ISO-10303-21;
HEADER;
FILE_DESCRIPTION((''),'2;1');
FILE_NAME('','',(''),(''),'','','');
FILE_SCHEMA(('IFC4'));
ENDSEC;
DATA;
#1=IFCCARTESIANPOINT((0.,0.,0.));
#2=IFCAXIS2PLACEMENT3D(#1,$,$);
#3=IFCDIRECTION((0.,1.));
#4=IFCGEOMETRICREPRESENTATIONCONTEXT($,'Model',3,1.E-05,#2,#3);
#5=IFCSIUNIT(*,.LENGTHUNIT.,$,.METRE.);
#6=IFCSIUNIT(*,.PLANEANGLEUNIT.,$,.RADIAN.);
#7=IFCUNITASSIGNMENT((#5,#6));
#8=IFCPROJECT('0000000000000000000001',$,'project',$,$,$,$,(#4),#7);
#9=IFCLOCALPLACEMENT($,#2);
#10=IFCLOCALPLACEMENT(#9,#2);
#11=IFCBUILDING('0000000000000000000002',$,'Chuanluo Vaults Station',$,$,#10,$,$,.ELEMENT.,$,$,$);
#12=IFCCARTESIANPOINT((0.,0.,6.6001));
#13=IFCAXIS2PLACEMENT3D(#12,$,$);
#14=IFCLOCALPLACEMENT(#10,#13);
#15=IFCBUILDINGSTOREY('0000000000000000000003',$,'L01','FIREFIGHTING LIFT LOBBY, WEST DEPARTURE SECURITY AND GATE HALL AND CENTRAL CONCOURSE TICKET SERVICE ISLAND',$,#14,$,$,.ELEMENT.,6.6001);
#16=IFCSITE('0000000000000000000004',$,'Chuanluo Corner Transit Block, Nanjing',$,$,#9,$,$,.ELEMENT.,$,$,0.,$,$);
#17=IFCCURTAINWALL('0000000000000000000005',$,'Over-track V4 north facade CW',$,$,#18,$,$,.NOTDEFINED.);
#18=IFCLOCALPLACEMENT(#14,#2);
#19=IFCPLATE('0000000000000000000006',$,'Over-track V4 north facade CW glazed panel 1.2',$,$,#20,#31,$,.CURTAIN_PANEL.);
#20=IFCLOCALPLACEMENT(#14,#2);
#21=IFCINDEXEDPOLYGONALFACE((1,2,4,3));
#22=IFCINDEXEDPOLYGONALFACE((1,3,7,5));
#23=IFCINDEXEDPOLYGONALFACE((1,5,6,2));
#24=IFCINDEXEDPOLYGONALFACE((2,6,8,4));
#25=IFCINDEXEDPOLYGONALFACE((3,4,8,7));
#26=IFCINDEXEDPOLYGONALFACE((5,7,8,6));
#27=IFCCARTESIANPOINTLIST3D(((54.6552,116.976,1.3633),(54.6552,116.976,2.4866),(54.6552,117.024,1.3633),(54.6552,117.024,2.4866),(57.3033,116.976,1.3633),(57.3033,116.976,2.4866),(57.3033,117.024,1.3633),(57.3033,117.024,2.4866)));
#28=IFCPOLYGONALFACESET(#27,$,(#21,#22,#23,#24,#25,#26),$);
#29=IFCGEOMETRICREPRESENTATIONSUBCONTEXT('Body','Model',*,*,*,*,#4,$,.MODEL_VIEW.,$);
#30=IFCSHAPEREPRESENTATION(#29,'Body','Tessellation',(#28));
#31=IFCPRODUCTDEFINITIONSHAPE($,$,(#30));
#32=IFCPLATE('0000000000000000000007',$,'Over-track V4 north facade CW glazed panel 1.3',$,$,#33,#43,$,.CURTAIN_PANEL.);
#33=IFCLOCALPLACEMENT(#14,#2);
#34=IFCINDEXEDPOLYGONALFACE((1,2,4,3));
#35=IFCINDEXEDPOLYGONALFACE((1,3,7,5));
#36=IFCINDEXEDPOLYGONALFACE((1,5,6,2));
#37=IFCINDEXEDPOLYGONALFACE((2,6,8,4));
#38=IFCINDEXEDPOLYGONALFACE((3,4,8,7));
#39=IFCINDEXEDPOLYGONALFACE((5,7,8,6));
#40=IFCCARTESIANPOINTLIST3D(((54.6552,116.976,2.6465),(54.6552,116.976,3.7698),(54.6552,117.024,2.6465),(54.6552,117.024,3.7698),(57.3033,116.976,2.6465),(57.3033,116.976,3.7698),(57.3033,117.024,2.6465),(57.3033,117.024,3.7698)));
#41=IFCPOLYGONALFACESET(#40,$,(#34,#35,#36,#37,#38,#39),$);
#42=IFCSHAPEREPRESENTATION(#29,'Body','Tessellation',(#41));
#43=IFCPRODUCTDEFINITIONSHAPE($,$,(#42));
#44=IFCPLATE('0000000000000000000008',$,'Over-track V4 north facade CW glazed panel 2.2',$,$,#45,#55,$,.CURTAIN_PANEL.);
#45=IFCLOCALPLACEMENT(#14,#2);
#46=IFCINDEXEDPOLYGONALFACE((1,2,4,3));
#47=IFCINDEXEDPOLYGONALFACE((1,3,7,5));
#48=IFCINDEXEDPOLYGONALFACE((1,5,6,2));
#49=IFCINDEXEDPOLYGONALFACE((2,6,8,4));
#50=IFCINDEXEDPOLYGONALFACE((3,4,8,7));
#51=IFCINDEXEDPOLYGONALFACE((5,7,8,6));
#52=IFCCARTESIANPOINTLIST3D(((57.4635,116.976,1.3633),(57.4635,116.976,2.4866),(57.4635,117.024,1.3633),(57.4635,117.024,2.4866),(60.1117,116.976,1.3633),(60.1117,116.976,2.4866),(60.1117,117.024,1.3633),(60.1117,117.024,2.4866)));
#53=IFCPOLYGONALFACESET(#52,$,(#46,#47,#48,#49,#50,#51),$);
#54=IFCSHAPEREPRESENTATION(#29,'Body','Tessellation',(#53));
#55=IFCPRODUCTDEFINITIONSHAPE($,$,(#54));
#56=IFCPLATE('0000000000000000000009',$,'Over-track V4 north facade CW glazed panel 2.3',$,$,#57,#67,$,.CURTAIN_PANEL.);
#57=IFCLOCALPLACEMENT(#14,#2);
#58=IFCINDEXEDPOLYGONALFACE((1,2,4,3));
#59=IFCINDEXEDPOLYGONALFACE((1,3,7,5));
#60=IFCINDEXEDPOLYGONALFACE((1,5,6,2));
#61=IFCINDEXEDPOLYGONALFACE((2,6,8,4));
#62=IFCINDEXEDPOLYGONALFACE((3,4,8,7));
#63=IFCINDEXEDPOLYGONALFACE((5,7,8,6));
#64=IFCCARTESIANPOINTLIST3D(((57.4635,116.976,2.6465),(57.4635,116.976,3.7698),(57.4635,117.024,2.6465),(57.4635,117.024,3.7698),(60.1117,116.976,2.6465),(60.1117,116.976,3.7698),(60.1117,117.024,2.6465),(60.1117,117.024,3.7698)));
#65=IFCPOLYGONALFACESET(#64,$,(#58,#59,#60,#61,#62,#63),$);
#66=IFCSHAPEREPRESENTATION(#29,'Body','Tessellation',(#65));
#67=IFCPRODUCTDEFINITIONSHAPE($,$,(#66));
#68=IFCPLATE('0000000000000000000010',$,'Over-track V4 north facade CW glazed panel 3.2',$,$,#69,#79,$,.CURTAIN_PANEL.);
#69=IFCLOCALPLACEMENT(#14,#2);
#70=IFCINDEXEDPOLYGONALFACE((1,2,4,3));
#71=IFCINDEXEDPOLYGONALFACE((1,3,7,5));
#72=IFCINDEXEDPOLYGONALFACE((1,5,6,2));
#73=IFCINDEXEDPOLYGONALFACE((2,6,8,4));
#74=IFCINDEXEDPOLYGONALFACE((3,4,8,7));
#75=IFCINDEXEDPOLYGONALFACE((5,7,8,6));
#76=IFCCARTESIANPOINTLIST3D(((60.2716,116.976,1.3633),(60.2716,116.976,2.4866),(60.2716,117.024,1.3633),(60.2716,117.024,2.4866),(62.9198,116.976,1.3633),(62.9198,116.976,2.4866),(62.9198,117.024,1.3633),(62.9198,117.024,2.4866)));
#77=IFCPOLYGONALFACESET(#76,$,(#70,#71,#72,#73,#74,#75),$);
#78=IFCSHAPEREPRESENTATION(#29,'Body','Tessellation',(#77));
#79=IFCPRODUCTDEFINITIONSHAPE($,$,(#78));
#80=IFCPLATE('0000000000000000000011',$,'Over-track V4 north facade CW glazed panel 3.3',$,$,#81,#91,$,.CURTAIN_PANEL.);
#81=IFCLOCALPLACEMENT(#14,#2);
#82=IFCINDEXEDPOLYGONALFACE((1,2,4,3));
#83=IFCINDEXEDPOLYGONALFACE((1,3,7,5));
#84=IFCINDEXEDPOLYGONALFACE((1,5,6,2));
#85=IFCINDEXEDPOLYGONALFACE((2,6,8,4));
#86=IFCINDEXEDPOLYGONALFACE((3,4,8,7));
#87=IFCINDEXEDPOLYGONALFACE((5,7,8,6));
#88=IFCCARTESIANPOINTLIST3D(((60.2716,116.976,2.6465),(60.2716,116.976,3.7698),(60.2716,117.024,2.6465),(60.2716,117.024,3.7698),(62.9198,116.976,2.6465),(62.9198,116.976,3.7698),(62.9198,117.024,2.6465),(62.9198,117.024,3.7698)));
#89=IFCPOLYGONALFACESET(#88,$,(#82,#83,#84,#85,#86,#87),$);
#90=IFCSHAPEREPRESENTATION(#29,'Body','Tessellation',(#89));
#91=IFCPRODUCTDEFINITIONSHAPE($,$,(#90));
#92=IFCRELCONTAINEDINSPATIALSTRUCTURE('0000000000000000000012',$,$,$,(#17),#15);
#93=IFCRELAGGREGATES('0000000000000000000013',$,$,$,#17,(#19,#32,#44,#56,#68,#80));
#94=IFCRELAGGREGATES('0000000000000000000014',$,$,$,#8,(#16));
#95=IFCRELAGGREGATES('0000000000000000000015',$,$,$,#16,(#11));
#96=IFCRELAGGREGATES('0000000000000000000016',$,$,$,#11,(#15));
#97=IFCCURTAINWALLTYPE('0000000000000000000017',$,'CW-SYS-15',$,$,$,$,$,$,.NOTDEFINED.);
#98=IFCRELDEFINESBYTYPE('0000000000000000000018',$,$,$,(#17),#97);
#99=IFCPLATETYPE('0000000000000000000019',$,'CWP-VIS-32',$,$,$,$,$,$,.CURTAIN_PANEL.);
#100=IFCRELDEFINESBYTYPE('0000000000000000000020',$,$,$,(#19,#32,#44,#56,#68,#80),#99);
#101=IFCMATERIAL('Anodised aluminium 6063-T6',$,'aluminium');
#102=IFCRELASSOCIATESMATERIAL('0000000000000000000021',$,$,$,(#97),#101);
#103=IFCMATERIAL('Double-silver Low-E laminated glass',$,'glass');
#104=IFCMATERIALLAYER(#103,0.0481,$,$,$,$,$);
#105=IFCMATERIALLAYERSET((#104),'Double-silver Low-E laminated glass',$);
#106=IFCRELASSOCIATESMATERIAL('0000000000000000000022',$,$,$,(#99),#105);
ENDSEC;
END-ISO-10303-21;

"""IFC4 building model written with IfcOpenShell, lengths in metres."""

from ifc_helpers import new_model, si_unit, direction, frame, origin, origin_2d, place, context, subcontext, project, spatial, rectangle, extrude, material, layer, layer_set, type_object, element, aggregate, save


model = new_model("IFC4")

# Units and contexts
model_context = context("Model", 3, precision=1e-05, world=origin(), true_north=direction((0.0, 1.0)))
body_context = subcontext(model_context, "Body", "Model", "MODEL_VIEW")
ifc_project = project(units=[si_unit("LENGTHUNIT", "METRE"), si_unit("PLANEANGLEUNIT", "RADIAN")], contexts=[model_context])

# Site, building, storey
site_placement = place(None, origin())
site = spatial("IfcSite", under=ifc_project, at=site_placement, Name="Chuanluo Corner Transit Block, Nanjing", CompositionType="ELEMENT", RefElevation=0.0)
building_placement = place(site_placement, origin())
building = spatial("IfcBuilding", under=site, at=building_placement, Name="Chuanluo Vaults Station", CompositionType="ELEMENT")
storey_placement = place(building_placement, frame((0.0, 0.0, 6.6001)))
storey = spatial("IfcBuildingStorey", under=building, at=storey_placement, Name="L01", Description="FIREFIGHTING LIFT LOBBY, WEST DEPARTURE SECURITY AND GATE HALL AND CENTRAL CONCOURSE TICKET SERVICE ISLAND", CompositionType="ELEMENT", Elevation=6.6001)

# Curtain wall, plates
ifc_material_1 = material(Name="Anodised aluminium 6063-T6", Category="aluminium")
curtain_wall_type = type_object("IfcCurtainWallType", Name="CW-SYS-15", PredefinedType="NOTDEFINED", material=ifc_material_1)
curtain_wall_placement = place(storey_placement, origin())
curtain_wall = element("IfcCurtainWall", 1, at=curtain_wall_placement, inside=storey, type_object=curtain_wall_type, Name="Over-track V4 north facade CW", PredefinedType="NOTDEFINED")
ifc_material_2 = material(Name="Double-silver Low-E laminated glass", Category="glass")
ifc_layer_1 = layer(ifc_material_2, 0.0481)
ifc_layer_set_1 = layer_set([ifc_layer_1], Name="Double-silver Low-E laminated glass")
plate_type_1 = type_object("IfcPlateType", Name="CWP-VIS-32", PredefinedType="CURTAIN_PANEL", material=ifc_layer_set_1)
plate_1_placement = place(storey_placement, frame((55.9792, 117.0, 1.3633), z_axis=(0.0, 0.0, 1.0), x_axis=(1.0, 0.0, 0.0)))
plate_1 = element("IfcPlate", 2, at=plate_1_placement, type_object=plate_type_1, Name="Over-track V4 north facade CW glazed panel 1.2", PredefinedType="CURTAIN_PANEL", context=body_context, shape_type="SweptSolid", body=[
    extrude(rectangle(XDim=2.6482, YDim=0.0481, at=origin_2d()), origin(), (0.0, 0.0, 1.0), 1.1233),
])
plate_2_placement = place(storey_placement, frame((55.9792, 117.0, 2.6465), z_axis=(0.0, 0.0, 1.0), x_axis=(1.0, 0.0, 0.0)))
plate_2 = element("IfcPlate", 3, at=plate_2_placement, type_object=plate_type_1, Name="Over-track V4 north facade CW glazed panel 1.3", PredefinedType="CURTAIN_PANEL", context=body_context, shape_type="SweptSolid", body=[
    extrude(rectangle(XDim=2.6482, YDim=0.0481, at=origin_2d()), origin(), (0.0, 0.0, 1.0), 1.1233),
])
plate_3_placement = place(storey_placement, frame((58.7876, 117.0, 1.3633), z_axis=(0.0, 0.0, 1.0), x_axis=(1.0, 0.0, 0.0)))
plate_3 = element("IfcPlate", 4, at=plate_3_placement, type_object=plate_type_1, Name="Over-track V4 north facade CW glazed panel 2.2", PredefinedType="CURTAIN_PANEL", context=body_context, shape_type="SweptSolid", body=[
    extrude(rectangle(XDim=2.6482, YDim=0.0481, at=origin_2d()), origin(), (0.0, 0.0, 1.0), 1.1233),
])
plate_4_placement = place(storey_placement, frame((58.7876, 117.0, 2.6465), z_axis=(0.0, 0.0, 1.0), x_axis=(1.0, 0.0, 0.0)))
plate_4 = element("IfcPlate", 5, at=plate_4_placement, type_object=plate_type_1, Name="Over-track V4 north facade CW glazed panel 2.3", PredefinedType="CURTAIN_PANEL", context=body_context, shape_type="SweptSolid", body=[
    extrude(rectangle(XDim=2.6482, YDim=0.0481, at=origin_2d()), origin(), (0.0, 0.0, 1.0), 1.1233),
])
plate_5_placement = place(storey_placement, frame((61.5957, 117.0, 1.3633), z_axis=(0.0, 0.0, 1.0), x_axis=(1.0, 0.0, 0.0)))
plate_5 = element("IfcPlate", 6, at=plate_5_placement, type_object=plate_type_1, Name="Over-track V4 north facade CW glazed panel 3.2", PredefinedType="CURTAIN_PANEL", context=body_context, shape_type="SweptSolid", body=[
    extrude(rectangle(XDim=2.6482, YDim=0.0481, at=origin_2d()), origin(), (0.0, 0.0, 1.0), 1.1233),
])
plate_6_placement = place(storey_placement, frame((61.5957, 117.0, 2.6465), z_axis=(0.0, 0.0, 1.0), x_axis=(1.0, 0.0, 0.0)))
plate_6 = element("IfcPlate", 7, at=plate_6_placement, type_object=plate_type_1, Name="Over-track V4 north facade CW glazed panel 3.3", PredefinedType="CURTAIN_PANEL", context=body_context, shape_type="SweptSolid", body=[
    extrude(rectangle(XDim=2.6482, YDim=0.0481, at=origin_2d()), origin(), (0.0, 0.0, 1.0), 1.1233),
])
aggregate(curtain_wall, [plate_1, plate_2, plate_3, plate_4, plate_5, plate_6])

save(model, "model.ifc")
